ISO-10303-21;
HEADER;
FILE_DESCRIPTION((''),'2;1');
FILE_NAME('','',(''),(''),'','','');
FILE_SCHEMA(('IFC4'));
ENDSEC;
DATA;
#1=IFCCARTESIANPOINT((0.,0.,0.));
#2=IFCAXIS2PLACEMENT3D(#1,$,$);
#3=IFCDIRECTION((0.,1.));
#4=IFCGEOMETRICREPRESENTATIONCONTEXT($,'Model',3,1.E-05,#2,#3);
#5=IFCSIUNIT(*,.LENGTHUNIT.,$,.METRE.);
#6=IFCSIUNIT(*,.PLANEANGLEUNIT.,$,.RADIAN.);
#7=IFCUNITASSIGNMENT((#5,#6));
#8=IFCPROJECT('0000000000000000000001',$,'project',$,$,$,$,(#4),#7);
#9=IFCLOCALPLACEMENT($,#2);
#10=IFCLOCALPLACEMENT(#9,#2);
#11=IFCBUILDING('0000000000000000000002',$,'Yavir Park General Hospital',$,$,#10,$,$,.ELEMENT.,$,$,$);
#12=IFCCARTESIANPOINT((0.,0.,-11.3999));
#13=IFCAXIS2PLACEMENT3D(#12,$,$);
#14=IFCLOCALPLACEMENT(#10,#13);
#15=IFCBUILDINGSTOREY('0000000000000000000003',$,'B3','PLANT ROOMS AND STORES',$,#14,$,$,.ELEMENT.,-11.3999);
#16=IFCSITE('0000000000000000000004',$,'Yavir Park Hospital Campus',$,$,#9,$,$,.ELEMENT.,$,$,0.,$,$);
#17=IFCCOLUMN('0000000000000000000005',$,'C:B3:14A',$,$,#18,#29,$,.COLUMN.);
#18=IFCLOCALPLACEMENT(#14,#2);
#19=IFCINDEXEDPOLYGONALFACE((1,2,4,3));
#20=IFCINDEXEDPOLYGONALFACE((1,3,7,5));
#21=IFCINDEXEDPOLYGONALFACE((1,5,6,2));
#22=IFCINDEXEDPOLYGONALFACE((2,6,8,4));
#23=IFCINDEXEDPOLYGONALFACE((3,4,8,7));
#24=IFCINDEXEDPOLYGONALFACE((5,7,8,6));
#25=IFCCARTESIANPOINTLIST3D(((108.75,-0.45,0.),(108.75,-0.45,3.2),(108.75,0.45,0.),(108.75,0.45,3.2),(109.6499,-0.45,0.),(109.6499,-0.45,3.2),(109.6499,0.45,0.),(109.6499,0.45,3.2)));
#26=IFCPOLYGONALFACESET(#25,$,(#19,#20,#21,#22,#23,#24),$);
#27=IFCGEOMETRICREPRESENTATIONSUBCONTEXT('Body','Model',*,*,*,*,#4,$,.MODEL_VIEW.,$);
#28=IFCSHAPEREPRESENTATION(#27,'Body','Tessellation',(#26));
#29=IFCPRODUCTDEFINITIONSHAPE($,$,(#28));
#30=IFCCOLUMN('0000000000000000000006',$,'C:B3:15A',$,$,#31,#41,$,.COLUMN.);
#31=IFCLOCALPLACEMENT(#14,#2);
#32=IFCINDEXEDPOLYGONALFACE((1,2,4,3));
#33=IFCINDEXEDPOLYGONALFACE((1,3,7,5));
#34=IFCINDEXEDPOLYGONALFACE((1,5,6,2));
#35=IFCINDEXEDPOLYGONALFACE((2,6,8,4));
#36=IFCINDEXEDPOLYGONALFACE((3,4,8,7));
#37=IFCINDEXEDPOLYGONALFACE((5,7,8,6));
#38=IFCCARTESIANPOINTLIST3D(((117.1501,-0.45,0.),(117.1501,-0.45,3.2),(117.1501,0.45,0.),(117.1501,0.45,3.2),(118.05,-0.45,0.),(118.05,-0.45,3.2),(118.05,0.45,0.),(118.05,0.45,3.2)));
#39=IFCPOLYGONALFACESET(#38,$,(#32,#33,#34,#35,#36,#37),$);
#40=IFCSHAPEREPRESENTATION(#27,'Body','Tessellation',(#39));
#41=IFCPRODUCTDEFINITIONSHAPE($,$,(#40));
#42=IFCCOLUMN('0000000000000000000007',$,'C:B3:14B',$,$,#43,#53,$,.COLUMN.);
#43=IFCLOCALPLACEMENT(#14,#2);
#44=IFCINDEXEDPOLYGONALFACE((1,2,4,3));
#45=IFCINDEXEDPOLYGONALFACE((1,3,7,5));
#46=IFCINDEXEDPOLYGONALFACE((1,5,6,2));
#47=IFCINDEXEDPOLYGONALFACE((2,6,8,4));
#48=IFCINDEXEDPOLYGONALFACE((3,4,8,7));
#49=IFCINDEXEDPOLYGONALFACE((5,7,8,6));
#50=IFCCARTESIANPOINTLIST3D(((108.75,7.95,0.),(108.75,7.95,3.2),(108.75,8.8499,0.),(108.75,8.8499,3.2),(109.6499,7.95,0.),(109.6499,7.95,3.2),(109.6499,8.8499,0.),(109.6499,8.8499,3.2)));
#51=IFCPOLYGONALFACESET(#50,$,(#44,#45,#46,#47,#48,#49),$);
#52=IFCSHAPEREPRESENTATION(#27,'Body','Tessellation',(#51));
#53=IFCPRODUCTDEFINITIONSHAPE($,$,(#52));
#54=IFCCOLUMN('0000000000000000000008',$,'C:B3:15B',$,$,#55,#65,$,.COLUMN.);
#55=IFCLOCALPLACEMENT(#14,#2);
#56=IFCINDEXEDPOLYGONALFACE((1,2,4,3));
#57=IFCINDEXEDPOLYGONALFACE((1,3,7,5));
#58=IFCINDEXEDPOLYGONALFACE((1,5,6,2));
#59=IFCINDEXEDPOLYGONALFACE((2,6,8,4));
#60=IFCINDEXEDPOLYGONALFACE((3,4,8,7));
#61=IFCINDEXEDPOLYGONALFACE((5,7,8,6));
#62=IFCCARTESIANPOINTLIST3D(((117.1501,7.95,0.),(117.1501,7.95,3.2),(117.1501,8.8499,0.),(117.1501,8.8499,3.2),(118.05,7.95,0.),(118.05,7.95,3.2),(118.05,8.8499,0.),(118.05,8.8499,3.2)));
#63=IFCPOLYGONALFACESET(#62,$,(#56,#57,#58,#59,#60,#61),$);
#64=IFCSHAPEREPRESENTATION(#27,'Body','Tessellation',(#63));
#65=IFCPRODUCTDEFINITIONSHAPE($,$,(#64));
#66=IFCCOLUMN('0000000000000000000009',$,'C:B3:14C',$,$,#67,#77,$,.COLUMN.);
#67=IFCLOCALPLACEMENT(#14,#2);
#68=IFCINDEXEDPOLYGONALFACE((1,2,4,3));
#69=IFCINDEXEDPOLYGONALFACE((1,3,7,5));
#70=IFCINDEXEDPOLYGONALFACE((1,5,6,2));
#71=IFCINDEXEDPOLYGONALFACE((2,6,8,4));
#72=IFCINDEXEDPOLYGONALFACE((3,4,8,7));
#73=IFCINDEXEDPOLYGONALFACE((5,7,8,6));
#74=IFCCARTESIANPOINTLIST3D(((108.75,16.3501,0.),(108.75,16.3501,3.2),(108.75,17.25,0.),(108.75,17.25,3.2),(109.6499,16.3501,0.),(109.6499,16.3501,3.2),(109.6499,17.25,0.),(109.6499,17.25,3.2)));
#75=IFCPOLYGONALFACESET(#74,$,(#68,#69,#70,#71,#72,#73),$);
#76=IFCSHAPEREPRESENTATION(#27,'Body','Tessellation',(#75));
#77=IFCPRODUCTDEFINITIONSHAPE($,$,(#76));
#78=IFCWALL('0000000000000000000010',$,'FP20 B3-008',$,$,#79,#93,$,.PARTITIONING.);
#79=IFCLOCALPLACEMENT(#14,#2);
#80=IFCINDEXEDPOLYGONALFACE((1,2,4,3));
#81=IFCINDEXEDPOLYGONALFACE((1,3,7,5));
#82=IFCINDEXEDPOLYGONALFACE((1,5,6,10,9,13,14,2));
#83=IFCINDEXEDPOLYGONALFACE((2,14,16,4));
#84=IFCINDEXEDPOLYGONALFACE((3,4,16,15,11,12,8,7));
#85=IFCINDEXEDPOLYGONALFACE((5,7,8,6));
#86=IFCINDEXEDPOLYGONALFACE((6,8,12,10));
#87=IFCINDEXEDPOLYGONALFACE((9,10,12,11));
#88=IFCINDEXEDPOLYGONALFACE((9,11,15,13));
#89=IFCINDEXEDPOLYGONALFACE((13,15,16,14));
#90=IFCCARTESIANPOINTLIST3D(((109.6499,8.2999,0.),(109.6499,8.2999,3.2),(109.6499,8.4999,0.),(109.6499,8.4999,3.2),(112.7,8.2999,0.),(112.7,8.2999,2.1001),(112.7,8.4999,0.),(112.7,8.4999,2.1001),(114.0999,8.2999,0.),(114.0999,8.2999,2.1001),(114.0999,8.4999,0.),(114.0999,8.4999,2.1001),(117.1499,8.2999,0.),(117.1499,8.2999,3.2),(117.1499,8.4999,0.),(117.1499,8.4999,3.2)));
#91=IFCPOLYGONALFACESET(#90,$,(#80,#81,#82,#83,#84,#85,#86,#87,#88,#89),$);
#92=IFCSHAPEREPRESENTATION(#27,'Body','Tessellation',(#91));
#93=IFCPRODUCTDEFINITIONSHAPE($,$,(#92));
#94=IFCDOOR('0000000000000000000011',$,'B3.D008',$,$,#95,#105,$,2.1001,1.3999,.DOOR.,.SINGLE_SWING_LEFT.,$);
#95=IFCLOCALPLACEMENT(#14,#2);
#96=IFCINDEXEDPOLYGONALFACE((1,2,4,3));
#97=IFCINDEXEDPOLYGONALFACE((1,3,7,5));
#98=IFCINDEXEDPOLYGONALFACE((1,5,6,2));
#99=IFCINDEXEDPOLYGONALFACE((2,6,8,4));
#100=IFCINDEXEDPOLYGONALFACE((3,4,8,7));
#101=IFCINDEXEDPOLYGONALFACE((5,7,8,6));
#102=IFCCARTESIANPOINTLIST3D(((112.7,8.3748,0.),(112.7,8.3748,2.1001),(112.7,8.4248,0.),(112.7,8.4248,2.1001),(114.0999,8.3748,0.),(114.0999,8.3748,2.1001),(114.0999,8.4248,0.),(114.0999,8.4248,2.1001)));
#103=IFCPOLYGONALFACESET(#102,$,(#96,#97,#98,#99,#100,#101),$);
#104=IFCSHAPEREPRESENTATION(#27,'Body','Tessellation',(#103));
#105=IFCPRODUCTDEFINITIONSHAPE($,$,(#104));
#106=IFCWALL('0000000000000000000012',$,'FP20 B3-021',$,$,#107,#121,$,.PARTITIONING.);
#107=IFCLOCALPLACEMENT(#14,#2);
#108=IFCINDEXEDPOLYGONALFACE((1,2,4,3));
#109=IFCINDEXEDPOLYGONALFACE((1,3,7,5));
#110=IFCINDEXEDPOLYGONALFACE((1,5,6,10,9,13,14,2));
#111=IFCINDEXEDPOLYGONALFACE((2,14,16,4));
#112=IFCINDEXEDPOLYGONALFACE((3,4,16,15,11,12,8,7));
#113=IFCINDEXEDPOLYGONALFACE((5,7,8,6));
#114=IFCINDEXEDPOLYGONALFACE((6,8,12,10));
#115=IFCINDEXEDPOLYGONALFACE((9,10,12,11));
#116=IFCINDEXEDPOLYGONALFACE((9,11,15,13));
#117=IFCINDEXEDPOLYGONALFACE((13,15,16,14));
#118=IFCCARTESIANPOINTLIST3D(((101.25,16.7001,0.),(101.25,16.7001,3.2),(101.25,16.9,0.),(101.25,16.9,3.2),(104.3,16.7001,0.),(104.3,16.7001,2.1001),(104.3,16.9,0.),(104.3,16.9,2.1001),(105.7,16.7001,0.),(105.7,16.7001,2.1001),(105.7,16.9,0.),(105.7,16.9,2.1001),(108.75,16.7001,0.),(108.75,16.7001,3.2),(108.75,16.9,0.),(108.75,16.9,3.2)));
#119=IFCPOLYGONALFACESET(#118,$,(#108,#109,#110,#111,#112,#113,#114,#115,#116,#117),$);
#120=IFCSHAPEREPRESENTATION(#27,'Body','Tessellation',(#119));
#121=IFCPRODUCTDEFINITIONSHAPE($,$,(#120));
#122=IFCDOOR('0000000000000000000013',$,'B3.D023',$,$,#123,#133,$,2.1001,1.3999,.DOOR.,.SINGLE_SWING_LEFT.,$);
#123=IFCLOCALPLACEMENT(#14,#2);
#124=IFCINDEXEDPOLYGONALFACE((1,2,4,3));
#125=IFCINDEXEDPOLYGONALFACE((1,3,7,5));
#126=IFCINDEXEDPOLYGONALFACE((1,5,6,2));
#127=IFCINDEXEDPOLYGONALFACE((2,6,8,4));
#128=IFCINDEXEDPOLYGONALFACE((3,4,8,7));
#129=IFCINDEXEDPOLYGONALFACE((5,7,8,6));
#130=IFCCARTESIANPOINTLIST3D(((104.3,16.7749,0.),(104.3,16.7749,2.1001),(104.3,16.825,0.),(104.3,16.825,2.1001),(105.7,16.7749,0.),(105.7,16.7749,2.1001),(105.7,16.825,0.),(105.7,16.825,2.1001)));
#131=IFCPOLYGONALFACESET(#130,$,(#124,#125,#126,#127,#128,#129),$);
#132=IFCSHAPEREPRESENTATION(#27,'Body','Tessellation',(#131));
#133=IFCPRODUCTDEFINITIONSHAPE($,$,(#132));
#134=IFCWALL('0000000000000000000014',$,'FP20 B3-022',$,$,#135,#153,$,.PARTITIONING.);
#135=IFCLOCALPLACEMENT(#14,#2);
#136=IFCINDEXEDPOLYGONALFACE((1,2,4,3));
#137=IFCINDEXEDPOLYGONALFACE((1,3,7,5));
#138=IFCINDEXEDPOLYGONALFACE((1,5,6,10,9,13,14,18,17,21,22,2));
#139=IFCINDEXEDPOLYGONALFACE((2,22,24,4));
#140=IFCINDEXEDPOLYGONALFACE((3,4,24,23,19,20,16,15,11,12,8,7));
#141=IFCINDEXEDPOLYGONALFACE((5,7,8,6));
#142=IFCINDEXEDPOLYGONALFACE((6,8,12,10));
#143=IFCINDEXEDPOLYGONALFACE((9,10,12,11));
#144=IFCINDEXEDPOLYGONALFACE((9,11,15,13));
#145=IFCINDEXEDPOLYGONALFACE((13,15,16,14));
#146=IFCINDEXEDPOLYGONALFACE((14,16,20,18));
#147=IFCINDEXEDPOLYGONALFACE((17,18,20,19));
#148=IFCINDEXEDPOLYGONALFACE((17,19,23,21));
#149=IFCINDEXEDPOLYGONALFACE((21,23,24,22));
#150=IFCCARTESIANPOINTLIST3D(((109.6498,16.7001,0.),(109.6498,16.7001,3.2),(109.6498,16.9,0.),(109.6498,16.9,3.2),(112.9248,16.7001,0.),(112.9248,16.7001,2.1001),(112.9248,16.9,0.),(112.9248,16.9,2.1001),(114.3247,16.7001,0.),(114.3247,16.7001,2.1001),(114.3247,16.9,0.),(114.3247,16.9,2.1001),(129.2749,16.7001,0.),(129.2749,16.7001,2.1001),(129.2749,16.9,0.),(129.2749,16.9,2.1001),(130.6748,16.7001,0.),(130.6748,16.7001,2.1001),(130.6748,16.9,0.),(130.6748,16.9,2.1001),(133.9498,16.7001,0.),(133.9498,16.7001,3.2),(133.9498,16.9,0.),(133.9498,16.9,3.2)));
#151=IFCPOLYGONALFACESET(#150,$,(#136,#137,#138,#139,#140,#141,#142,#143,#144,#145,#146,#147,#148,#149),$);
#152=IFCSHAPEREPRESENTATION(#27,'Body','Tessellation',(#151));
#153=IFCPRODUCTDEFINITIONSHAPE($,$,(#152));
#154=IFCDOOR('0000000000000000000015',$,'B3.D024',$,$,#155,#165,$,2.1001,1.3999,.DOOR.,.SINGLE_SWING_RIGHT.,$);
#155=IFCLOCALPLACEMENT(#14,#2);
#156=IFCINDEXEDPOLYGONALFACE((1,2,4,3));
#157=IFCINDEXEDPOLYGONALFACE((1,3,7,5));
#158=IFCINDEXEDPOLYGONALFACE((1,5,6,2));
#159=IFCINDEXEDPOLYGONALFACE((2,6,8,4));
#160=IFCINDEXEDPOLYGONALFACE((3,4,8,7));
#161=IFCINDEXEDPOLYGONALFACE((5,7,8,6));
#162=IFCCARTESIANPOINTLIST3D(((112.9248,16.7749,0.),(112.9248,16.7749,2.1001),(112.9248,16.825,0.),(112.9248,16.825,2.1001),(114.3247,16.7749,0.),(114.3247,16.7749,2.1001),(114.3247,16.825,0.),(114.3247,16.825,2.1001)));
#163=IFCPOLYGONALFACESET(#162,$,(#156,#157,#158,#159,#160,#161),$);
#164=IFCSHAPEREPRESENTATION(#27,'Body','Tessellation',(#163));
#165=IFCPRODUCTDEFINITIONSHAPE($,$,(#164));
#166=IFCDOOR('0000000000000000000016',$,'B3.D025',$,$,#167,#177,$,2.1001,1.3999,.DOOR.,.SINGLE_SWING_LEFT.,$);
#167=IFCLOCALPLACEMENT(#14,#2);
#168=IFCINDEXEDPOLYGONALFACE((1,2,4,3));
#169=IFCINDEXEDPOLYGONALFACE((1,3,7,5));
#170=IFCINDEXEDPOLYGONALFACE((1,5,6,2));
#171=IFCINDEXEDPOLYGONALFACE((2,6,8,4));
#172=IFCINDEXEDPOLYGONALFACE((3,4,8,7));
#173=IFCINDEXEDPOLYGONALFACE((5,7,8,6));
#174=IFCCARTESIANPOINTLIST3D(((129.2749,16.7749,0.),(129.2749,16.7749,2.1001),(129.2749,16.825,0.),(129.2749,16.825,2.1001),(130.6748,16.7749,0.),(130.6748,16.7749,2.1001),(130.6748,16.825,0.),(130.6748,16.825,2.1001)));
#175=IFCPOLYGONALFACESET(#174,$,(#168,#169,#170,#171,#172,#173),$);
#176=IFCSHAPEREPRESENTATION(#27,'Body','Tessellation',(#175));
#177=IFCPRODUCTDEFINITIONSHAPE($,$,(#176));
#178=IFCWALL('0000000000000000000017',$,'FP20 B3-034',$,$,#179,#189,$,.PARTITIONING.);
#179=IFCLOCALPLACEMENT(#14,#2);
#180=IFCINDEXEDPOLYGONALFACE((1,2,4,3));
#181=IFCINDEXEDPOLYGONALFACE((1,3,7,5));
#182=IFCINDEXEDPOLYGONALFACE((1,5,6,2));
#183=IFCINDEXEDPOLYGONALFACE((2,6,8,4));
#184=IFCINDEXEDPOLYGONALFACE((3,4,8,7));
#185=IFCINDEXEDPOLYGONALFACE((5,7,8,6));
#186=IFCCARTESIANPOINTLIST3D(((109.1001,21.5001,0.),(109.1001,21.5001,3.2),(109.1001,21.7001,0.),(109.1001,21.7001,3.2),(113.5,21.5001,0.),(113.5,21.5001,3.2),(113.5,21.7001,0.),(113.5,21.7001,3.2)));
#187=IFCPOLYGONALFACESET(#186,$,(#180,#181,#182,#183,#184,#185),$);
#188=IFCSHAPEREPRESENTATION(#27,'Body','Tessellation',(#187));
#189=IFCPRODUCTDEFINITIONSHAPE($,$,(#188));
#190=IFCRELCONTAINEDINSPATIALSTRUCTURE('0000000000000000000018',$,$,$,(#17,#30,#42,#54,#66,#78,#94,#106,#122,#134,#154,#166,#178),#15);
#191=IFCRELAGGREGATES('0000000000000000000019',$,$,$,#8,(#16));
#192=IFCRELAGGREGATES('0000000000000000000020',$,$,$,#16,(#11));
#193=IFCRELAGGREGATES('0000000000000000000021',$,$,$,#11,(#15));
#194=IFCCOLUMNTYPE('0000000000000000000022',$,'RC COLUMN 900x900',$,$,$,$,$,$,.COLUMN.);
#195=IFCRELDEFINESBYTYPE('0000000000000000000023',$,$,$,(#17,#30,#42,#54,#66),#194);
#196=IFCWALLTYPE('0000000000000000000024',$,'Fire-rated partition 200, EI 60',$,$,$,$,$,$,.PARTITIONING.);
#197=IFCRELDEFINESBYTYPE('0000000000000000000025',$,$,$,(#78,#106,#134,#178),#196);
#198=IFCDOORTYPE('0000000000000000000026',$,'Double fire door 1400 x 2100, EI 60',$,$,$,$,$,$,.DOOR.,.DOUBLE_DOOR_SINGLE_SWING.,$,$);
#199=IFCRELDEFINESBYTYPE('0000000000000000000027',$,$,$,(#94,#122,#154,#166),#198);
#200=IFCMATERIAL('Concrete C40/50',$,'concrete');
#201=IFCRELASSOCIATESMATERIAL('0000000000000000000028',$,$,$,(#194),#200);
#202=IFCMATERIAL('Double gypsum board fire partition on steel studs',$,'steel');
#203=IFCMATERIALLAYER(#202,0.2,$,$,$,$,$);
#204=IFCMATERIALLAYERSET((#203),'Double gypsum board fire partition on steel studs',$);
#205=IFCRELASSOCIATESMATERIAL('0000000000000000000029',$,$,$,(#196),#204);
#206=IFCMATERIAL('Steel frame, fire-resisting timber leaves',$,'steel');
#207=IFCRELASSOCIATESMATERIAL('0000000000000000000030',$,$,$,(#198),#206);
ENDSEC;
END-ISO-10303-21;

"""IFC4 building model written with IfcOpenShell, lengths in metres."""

from ifc_helpers import new_model, si_unit, direction, frame, frame_2d, origin, origin_2d, place, context, subcontext, project, spatial, rectangle, extrude, material, layer, layer_set, material_profile, profile_set, type_object, element, fill, save


model = new_model("IFC4")

# Units and contexts
model_context = context("Model", 3, precision=1e-05, world=origin(), true_north=direction((0.0, 1.0)))
body_context = subcontext(model_context, "Body", "Model", "MODEL_VIEW")
ifc_project = project(units=[si_unit("LENGTHUNIT", "METRE"), si_unit("PLANEANGLEUNIT", "RADIAN")], contexts=[model_context])

# Site, building, storey
site_placement = place(None, origin())
site = spatial("IfcSite", under=ifc_project, at=site_placement, Name="Yavir Park Hospital Campus", CompositionType="ELEMENT", RefElevation=0.0)
building_placement = place(site_placement, origin())
building = spatial("IfcBuilding", under=site, at=building_placement, Name="Yavir Park General Hospital", CompositionType="ELEMENT")
storey_placement = place(building_placement, frame((0.0, 0.0, -11.3999)))
storey = spatial("IfcBuildingStorey", under=building, at=storey_placement, Name="B3", Description="PLANT ROOMS AND STORES", CompositionType="ELEMENT", Elevation=-11.3999)

# Columns
ifc_material_1 = material(Name="Concrete C40/50", Category="concrete")
ifc_material_profile = material_profile(ifc_material_1, rectangle(XDim=0.8999, YDim=0.8999, at=origin_2d()), Name="RC900x900")
ifc_profile_set = profile_set([ifc_material_profile], Name="Concrete C40/50")
column_type = type_object("IfcColumnType", Name="RC COLUMN 900x900", PredefinedType="COLUMN", material=ifc_profile_set)
for number, where, z_axis, x_axis, name in (
    (1, (109.2, 0.0, 0.0), (0.0, 0.0, 1.0), (1.0, 0.0, 0.0), "C:B3:14A"),
    (2, (117.6001, 0.0, 0.0), (0.0, 0.0, 1.0), (1.0, 0.0, 0.0), "C:B3:15A"),
    (3, (109.2, 8.3999, 0.0), (0.0, 0.0, 1.0), (1.0, 0.0, 0.0), "C:B3:14B"),
    (4, (117.6001, 8.3999, 0.0), (0.0, 0.0, 1.0), (1.0, 0.0, 0.0), "C:B3:15B"),
    (5, (109.2, 16.8, 0.0), (0.0, 0.0, 1.0), (1.0, 0.0, 0.0), "C:B3:14C"),
):
    element("IfcColumn", number, at=place(storey_placement, frame(where, z_axis=z_axis, x_axis=x_axis)), inside=storey, type_object=column_type, Name=name, PredefinedType="COLUMN", context=body_context, shape_type="SweptSolid", body=[
        extrude(rectangle(XDim=0.8999, YDim=0.8999, at=origin_2d()), origin(), (0.0, 0.0, 1.0), 3.2),
    ])

# Walls, openings, doors
ifc_material_2 = material(Name="Double gypsum board fire partition on steel studs", Category="steel")
ifc_layer_1 = layer(ifc_material_2, 0.2)
ifc_layer_set_1 = layer_set([ifc_layer_1], Name="Double gypsum board fire partition on steel studs")
wall_type_1 = type_object("IfcWallType", Name="Fire-rated partition 200, EI 60", PredefinedType="PARTITIONING", material=ifc_layer_set_1)
wall_1_placement = place(storey_placement, frame((109.6499, 8.3999, 0.0), z_axis=(0.0, 0.0, 1.0), x_axis=(1.0, 0.0, 0.0)))
wall_1 = element("IfcWall", 6, at=wall_1_placement, inside=storey, type_object=wall_type_1, Name="FP20 B3-008", PredefinedType="PARTITIONING", context=body_context, shape_type="SweptSolid", body=[
    extrude(rectangle(XDim=7.5, YDim=0.2, at=frame_2d((3.75, 0.0))), origin(), (0.0, 0.0, 1.0), 3.2),
])
opening_1_placement = place(wall_1_placement, frame((3.05, 0.0, 0.0)))
opening_1 = element("IfcOpeningElement", 7, at=opening_1_placement, cuts=wall_1, PredefinedType="OPENING", context=body_context, shape_type="SweptSolid", body=[
    extrude(rectangle(XDim=1.3999, YDim=2.1001, at=frame_2d((0.7, 1.05))), frame((0.0, 0.1099, 0.0), z_axis=(0.0, -1.0, 0.0), x_axis=(1.0, 0.0, 0.0)), (0.0, 0.0, 1.0), 0.22),
])
ifc_material_3 = material(Name="Steel frame, fire-resisting timber leaves", Category="steel")
door_type_1 = type_object("IfcDoorType", Name="Double fire door 1400 x 2100, EI 60", OperationType="DOUBLE_DOOR_SINGLE_SWING", PredefinedType="DOOR", material=ifc_material_3)
door_1_placement = place(opening_1_placement, origin())
door_1 = element("IfcDoor", 8, at=door_1_placement, inside=storey, type_object=door_type_1, Name="B3.D008", OperationType="SINGLE_SWING_LEFT", OverallHeight=2.1001, OverallWidth=1.3999, PredefinedType="DOOR", context=body_context, shape_type="SweptSolid", body=[
    extrude(rectangle(XDim=1.3999, YDim=2.1001, at=frame_2d((0.7, 1.05))), frame((0.0, 0.0249, 0.0), z_axis=(0.0, -1.0, 0.0), x_axis=(1.0, 0.0, 0.0)), (0.0, 0.0, 1.0), 0.05),
])
fill(opening_1, door_1)
wall_2_placement = place(storey_placement, frame((101.25, 16.8, 0.0), z_axis=(0.0, 0.0, 1.0), x_axis=(1.0, 0.0, 0.0)))
wall_2 = element("IfcWall", 9, at=wall_2_placement, inside=storey, type_object=wall_type_1, Name="FP20 B3-021", PredefinedType="PARTITIONING", context=body_context, shape_type="SweptSolid", body=[
    extrude(rectangle(XDim=7.5, YDim=0.2, at=frame_2d((3.75, 0.0))), origin(), (0.0, 0.0, 1.0), 3.2),
])
opening_2_placement = place(wall_2_placement, frame((3.05, 0.0, 0.0)))
opening_2 = element("IfcOpeningElement", 10, at=opening_2_placement, cuts=wall_2, PredefinedType="OPENING", context=body_context, shape_type="SweptSolid", body=[
    extrude(rectangle(XDim=1.3999, YDim=2.1001, at=frame_2d((0.7, 1.05))), frame((0.0, 0.1099, 0.0), z_axis=(0.0, -1.0, 0.0), x_axis=(1.0, 0.0, 0.0)), (0.0, 0.0, 1.0), 0.22),
])
door_2_placement = place(opening_2_placement, origin())
door_2 = element("IfcDoor", 11, at=door_2_placement, inside=storey, type_object=door_type_1, Name="B3.D023", OperationType="SINGLE_SWING_LEFT", OverallHeight=2.1001, OverallWidth=1.3999, PredefinedType="DOOR", context=body_context, shape_type="SweptSolid", body=[
    extrude(rectangle(XDim=1.3999, YDim=2.1001, at=frame_2d((0.7, 1.05))), frame((0.0, 0.0249, 0.0), z_axis=(0.0, -1.0, 0.0), x_axis=(1.0, 0.0, 0.0)), (0.0, 0.0, 1.0), 0.05),
])
fill(opening_2, door_2)

# Wall, openings, doors
wall_3_placement = place(storey_placement, frame((109.6499, 16.8, 0.0), z_axis=(0.0, 0.0, 1.0), x_axis=(1.0, 0.0, 0.0)))
wall_3 = element("IfcWall", 12, at=wall_3_placement, inside=storey, type_object=wall_type_1, Name="FP20 B3-022", PredefinedType="PARTITIONING", context=body_context, shape_type="SweptSolid", body=[
    extrude(rectangle(XDim=24.3, YDim=0.2, at=frame_2d((12.1499, 0.0))), origin(), (0.0, 0.0, 1.0), 3.2),
])
opening_3_placement = place(wall_3_placement, frame((3.2749, 0.0, 0.0)))
opening_3 = element("IfcOpeningElement", 13, at=opening_3_placement, cuts=wall_3, PredefinedType="OPENING", context=body_context, shape_type="SweptSolid", body=[
    extrude(rectangle(XDim=1.3999, YDim=2.1001, at=frame_2d((0.7, 1.05))), frame((0.0, 0.1099, 0.0), z_axis=(0.0, -1.0, 0.0), x_axis=(1.0, 0.0, 0.0)), (0.0, 0.0, 1.0), 0.22),
])
opening_4_placement = place(wall_3_placement, frame((19.625, 0.0, 0.0)))
opening_4 = element("IfcOpeningElement", 14, at=opening_4_placement, cuts=wall_3, PredefinedType="OPENING", context=body_context, shape_type="SweptSolid", body=[
    extrude(rectangle(XDim=1.3999, YDim=2.1001, at=frame_2d((0.7, 1.05))), frame((0.0, 0.1099, 0.0), z_axis=(0.0, -1.0, 0.0), x_axis=(1.0, 0.0, 0.0)), (0.0, 0.0, 1.0), 0.22),
])
door_3_placement = place(opening_3_placement, origin())
door_3 = element("IfcDoor", 15, at=door_3_placement, inside=storey, type_object=door_type_1, Name="B3.D024", OperationType="SINGLE_SWING_RIGHT", OverallHeight=2.1001, OverallWidth=1.3999, PredefinedType="DOOR", context=body_context, shape_type="SweptSolid", body=[
    extrude(rectangle(XDim=1.3999, YDim=2.1001, at=frame_2d((0.7, 1.05))), frame((0.0, 0.0249, 0.0), z_axis=(0.0, -1.0, 0.0), x_axis=(1.0, 0.0, 0.0)), (0.0, 0.0, 1.0), 0.05),
])
fill(opening_3, door_3)
door_4_placement = place(opening_4_placement, origin())
door_4 = element("IfcDoor", 16, at=door_4_placement, inside=storey, type_object=door_type_1, Name="B3.D025", OperationType="SINGLE_SWING_LEFT", OverallHeight=2.1001, OverallWidth=1.3999, PredefinedType="DOOR", context=body_context, shape_type="SweptSolid", body=[
    extrude(rectangle(XDim=1.3999, YDim=2.1001, at=frame_2d((0.7, 1.05))), frame((0.0, 0.0249, 0.0), z_axis=(0.0, -1.0, 0.0), x_axis=(1.0, 0.0, 0.0)), (0.0, 0.0, 1.0), 0.05),
])
fill(opening_4, door_4)

# Wall
wall_4_placement = place(storey_placement, frame((109.1001, 21.6001, 0.0), z_axis=(0.0, 0.0, 1.0), x_axis=(1.0, 0.0, 0.0)))
element("IfcWall", 17, at=wall_4_placement, inside=storey, type_object=wall_type_1, Name="FP20 B3-034", PredefinedType="PARTITIONING", context=body_context, shape_type="SweptSolid", body=[
    extrude(rectangle(XDim=4.3999, YDim=0.2, at=frame_2d((2.2, 0.0))), origin(), (0.0, 0.0, 1.0), 3.2),
])

save(model, "model.ifc")
